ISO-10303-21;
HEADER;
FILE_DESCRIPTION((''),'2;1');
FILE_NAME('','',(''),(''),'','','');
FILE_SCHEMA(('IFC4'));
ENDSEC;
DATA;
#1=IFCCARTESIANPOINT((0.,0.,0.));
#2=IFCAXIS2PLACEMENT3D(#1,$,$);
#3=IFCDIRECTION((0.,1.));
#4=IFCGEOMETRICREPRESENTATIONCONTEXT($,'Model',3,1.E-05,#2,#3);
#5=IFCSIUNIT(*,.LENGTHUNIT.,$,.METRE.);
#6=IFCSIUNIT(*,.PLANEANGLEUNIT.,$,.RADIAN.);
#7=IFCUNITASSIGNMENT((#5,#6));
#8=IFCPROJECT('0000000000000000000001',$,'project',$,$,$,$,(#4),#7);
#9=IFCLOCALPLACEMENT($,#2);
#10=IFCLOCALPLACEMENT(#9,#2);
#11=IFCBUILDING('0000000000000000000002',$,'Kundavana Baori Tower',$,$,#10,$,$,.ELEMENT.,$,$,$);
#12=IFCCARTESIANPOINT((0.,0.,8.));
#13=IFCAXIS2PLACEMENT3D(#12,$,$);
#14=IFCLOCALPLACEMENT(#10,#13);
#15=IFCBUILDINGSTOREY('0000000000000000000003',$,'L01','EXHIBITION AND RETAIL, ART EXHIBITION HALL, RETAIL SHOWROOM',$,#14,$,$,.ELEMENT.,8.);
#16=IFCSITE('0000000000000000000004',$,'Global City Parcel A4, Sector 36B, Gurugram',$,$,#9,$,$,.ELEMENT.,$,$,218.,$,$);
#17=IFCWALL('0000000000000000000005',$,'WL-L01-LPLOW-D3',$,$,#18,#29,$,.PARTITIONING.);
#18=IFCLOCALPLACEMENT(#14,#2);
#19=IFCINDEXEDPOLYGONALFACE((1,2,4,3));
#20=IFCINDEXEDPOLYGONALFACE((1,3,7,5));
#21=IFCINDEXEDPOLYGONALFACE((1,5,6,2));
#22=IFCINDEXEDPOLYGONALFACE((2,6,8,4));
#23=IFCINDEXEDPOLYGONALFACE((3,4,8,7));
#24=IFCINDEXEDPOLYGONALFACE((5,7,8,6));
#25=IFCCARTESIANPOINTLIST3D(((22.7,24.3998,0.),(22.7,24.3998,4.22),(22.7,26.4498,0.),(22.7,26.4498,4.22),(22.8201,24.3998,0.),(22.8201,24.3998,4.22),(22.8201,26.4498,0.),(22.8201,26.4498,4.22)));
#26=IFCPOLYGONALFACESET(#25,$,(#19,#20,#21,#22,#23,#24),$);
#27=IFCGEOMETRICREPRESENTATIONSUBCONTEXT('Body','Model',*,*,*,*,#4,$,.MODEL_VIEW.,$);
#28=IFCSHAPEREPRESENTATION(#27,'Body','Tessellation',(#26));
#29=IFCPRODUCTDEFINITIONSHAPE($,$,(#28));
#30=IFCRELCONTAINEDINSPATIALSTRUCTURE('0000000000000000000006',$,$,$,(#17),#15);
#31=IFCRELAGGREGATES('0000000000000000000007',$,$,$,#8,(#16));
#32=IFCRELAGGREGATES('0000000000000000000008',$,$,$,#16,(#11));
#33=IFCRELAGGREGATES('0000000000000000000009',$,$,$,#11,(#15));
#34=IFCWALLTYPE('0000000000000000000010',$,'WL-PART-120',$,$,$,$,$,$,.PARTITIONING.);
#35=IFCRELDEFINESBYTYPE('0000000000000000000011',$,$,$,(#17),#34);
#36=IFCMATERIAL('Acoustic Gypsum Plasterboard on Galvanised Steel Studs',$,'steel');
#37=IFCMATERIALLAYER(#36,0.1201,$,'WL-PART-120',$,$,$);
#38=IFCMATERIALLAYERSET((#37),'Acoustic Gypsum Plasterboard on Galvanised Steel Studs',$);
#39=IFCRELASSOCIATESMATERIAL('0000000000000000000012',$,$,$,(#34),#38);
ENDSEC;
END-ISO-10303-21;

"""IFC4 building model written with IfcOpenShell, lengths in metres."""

from ifc_helpers import new_model, si_unit, direction, frame, frame_2d, origin, place, context, subcontext, project, spatial, rectangle, extrude, material, layer, layer_set, type_object, element, save


model = new_model("IFC4")

# Units and contexts
model_context = context("Model", 3, precision=1e-05, world=origin(), true_north=direction((0.0, 1.0)))
body_context = subcontext(model_context, "Body", "Model", "MODEL_VIEW")
ifc_project = project(units=[si_unit("LENGTHUNIT", "METRE"), si_unit("PLANEANGLEUNIT", "RADIAN")], contexts=[model_context])

# Site, building, storey
site_placement = place(None, origin())
site = spatial("IfcSite", under=ifc_project, at=site_placement, Name="Global City Parcel A4, Sector 36B, Gurugram", CompositionType="ELEMENT", RefElevation=218.0)
building_placement = place(site_placement, origin())
building = spatial("IfcBuilding", under=site, at=building_placement, Name="Kundavana Baori Tower", CompositionType="ELEMENT")
storey_placement = place(building_placement, frame((0.0, 0.0, 8.0)))
storey = spatial("IfcBuildingStorey", under=building, at=storey_placement, Name="L01", Description="EXHIBITION AND RETAIL, ART EXHIBITION HALL, RETAIL SHOWROOM", CompositionType="ELEMENT", Elevation=8.0)

# Shared definitions
ifc_material_1 = material(Name="Acoustic Gypsum Plasterboard on Galvanised Steel Studs", Category="steel")
ifc_layer_1 = layer(ifc_material_1, 0.1201, Name="WL-PART-120")
ifc_layer_set_1 = layer_set([ifc_layer_1], Name="Acoustic Gypsum Plasterboard on Galvanised Steel Studs")
wall_type = type_object("IfcWallType", Name="WL-PART-120", PredefinedType="PARTITIONING", material=ifc_layer_set_1)

# Wall
for number, where, z_axis, x_axis, name in (
    (1, (22.76, 24.3999, 0.0), (0.0, 0.0, 1.0), (0.0, 1.0, 0.0), "WL-L01-LPLOW-D3"),
):
    element("IfcWall", number, at=place(storey_placement, frame(where, z_axis=z_axis, x_axis=x_axis)), inside=storey, type_object=wall_type, Name=name, PredefinedType="PARTITIONING", context=body_context, shape_type="SweptSolid", body=[
        extrude(rectangle(XDim=2.05, YDim=0.1201, at=frame_2d((1.0249, 0.0))), origin(), (0.0, 0.0, 1.0), 4.22),
    ])

save(model, "model.ifc")
